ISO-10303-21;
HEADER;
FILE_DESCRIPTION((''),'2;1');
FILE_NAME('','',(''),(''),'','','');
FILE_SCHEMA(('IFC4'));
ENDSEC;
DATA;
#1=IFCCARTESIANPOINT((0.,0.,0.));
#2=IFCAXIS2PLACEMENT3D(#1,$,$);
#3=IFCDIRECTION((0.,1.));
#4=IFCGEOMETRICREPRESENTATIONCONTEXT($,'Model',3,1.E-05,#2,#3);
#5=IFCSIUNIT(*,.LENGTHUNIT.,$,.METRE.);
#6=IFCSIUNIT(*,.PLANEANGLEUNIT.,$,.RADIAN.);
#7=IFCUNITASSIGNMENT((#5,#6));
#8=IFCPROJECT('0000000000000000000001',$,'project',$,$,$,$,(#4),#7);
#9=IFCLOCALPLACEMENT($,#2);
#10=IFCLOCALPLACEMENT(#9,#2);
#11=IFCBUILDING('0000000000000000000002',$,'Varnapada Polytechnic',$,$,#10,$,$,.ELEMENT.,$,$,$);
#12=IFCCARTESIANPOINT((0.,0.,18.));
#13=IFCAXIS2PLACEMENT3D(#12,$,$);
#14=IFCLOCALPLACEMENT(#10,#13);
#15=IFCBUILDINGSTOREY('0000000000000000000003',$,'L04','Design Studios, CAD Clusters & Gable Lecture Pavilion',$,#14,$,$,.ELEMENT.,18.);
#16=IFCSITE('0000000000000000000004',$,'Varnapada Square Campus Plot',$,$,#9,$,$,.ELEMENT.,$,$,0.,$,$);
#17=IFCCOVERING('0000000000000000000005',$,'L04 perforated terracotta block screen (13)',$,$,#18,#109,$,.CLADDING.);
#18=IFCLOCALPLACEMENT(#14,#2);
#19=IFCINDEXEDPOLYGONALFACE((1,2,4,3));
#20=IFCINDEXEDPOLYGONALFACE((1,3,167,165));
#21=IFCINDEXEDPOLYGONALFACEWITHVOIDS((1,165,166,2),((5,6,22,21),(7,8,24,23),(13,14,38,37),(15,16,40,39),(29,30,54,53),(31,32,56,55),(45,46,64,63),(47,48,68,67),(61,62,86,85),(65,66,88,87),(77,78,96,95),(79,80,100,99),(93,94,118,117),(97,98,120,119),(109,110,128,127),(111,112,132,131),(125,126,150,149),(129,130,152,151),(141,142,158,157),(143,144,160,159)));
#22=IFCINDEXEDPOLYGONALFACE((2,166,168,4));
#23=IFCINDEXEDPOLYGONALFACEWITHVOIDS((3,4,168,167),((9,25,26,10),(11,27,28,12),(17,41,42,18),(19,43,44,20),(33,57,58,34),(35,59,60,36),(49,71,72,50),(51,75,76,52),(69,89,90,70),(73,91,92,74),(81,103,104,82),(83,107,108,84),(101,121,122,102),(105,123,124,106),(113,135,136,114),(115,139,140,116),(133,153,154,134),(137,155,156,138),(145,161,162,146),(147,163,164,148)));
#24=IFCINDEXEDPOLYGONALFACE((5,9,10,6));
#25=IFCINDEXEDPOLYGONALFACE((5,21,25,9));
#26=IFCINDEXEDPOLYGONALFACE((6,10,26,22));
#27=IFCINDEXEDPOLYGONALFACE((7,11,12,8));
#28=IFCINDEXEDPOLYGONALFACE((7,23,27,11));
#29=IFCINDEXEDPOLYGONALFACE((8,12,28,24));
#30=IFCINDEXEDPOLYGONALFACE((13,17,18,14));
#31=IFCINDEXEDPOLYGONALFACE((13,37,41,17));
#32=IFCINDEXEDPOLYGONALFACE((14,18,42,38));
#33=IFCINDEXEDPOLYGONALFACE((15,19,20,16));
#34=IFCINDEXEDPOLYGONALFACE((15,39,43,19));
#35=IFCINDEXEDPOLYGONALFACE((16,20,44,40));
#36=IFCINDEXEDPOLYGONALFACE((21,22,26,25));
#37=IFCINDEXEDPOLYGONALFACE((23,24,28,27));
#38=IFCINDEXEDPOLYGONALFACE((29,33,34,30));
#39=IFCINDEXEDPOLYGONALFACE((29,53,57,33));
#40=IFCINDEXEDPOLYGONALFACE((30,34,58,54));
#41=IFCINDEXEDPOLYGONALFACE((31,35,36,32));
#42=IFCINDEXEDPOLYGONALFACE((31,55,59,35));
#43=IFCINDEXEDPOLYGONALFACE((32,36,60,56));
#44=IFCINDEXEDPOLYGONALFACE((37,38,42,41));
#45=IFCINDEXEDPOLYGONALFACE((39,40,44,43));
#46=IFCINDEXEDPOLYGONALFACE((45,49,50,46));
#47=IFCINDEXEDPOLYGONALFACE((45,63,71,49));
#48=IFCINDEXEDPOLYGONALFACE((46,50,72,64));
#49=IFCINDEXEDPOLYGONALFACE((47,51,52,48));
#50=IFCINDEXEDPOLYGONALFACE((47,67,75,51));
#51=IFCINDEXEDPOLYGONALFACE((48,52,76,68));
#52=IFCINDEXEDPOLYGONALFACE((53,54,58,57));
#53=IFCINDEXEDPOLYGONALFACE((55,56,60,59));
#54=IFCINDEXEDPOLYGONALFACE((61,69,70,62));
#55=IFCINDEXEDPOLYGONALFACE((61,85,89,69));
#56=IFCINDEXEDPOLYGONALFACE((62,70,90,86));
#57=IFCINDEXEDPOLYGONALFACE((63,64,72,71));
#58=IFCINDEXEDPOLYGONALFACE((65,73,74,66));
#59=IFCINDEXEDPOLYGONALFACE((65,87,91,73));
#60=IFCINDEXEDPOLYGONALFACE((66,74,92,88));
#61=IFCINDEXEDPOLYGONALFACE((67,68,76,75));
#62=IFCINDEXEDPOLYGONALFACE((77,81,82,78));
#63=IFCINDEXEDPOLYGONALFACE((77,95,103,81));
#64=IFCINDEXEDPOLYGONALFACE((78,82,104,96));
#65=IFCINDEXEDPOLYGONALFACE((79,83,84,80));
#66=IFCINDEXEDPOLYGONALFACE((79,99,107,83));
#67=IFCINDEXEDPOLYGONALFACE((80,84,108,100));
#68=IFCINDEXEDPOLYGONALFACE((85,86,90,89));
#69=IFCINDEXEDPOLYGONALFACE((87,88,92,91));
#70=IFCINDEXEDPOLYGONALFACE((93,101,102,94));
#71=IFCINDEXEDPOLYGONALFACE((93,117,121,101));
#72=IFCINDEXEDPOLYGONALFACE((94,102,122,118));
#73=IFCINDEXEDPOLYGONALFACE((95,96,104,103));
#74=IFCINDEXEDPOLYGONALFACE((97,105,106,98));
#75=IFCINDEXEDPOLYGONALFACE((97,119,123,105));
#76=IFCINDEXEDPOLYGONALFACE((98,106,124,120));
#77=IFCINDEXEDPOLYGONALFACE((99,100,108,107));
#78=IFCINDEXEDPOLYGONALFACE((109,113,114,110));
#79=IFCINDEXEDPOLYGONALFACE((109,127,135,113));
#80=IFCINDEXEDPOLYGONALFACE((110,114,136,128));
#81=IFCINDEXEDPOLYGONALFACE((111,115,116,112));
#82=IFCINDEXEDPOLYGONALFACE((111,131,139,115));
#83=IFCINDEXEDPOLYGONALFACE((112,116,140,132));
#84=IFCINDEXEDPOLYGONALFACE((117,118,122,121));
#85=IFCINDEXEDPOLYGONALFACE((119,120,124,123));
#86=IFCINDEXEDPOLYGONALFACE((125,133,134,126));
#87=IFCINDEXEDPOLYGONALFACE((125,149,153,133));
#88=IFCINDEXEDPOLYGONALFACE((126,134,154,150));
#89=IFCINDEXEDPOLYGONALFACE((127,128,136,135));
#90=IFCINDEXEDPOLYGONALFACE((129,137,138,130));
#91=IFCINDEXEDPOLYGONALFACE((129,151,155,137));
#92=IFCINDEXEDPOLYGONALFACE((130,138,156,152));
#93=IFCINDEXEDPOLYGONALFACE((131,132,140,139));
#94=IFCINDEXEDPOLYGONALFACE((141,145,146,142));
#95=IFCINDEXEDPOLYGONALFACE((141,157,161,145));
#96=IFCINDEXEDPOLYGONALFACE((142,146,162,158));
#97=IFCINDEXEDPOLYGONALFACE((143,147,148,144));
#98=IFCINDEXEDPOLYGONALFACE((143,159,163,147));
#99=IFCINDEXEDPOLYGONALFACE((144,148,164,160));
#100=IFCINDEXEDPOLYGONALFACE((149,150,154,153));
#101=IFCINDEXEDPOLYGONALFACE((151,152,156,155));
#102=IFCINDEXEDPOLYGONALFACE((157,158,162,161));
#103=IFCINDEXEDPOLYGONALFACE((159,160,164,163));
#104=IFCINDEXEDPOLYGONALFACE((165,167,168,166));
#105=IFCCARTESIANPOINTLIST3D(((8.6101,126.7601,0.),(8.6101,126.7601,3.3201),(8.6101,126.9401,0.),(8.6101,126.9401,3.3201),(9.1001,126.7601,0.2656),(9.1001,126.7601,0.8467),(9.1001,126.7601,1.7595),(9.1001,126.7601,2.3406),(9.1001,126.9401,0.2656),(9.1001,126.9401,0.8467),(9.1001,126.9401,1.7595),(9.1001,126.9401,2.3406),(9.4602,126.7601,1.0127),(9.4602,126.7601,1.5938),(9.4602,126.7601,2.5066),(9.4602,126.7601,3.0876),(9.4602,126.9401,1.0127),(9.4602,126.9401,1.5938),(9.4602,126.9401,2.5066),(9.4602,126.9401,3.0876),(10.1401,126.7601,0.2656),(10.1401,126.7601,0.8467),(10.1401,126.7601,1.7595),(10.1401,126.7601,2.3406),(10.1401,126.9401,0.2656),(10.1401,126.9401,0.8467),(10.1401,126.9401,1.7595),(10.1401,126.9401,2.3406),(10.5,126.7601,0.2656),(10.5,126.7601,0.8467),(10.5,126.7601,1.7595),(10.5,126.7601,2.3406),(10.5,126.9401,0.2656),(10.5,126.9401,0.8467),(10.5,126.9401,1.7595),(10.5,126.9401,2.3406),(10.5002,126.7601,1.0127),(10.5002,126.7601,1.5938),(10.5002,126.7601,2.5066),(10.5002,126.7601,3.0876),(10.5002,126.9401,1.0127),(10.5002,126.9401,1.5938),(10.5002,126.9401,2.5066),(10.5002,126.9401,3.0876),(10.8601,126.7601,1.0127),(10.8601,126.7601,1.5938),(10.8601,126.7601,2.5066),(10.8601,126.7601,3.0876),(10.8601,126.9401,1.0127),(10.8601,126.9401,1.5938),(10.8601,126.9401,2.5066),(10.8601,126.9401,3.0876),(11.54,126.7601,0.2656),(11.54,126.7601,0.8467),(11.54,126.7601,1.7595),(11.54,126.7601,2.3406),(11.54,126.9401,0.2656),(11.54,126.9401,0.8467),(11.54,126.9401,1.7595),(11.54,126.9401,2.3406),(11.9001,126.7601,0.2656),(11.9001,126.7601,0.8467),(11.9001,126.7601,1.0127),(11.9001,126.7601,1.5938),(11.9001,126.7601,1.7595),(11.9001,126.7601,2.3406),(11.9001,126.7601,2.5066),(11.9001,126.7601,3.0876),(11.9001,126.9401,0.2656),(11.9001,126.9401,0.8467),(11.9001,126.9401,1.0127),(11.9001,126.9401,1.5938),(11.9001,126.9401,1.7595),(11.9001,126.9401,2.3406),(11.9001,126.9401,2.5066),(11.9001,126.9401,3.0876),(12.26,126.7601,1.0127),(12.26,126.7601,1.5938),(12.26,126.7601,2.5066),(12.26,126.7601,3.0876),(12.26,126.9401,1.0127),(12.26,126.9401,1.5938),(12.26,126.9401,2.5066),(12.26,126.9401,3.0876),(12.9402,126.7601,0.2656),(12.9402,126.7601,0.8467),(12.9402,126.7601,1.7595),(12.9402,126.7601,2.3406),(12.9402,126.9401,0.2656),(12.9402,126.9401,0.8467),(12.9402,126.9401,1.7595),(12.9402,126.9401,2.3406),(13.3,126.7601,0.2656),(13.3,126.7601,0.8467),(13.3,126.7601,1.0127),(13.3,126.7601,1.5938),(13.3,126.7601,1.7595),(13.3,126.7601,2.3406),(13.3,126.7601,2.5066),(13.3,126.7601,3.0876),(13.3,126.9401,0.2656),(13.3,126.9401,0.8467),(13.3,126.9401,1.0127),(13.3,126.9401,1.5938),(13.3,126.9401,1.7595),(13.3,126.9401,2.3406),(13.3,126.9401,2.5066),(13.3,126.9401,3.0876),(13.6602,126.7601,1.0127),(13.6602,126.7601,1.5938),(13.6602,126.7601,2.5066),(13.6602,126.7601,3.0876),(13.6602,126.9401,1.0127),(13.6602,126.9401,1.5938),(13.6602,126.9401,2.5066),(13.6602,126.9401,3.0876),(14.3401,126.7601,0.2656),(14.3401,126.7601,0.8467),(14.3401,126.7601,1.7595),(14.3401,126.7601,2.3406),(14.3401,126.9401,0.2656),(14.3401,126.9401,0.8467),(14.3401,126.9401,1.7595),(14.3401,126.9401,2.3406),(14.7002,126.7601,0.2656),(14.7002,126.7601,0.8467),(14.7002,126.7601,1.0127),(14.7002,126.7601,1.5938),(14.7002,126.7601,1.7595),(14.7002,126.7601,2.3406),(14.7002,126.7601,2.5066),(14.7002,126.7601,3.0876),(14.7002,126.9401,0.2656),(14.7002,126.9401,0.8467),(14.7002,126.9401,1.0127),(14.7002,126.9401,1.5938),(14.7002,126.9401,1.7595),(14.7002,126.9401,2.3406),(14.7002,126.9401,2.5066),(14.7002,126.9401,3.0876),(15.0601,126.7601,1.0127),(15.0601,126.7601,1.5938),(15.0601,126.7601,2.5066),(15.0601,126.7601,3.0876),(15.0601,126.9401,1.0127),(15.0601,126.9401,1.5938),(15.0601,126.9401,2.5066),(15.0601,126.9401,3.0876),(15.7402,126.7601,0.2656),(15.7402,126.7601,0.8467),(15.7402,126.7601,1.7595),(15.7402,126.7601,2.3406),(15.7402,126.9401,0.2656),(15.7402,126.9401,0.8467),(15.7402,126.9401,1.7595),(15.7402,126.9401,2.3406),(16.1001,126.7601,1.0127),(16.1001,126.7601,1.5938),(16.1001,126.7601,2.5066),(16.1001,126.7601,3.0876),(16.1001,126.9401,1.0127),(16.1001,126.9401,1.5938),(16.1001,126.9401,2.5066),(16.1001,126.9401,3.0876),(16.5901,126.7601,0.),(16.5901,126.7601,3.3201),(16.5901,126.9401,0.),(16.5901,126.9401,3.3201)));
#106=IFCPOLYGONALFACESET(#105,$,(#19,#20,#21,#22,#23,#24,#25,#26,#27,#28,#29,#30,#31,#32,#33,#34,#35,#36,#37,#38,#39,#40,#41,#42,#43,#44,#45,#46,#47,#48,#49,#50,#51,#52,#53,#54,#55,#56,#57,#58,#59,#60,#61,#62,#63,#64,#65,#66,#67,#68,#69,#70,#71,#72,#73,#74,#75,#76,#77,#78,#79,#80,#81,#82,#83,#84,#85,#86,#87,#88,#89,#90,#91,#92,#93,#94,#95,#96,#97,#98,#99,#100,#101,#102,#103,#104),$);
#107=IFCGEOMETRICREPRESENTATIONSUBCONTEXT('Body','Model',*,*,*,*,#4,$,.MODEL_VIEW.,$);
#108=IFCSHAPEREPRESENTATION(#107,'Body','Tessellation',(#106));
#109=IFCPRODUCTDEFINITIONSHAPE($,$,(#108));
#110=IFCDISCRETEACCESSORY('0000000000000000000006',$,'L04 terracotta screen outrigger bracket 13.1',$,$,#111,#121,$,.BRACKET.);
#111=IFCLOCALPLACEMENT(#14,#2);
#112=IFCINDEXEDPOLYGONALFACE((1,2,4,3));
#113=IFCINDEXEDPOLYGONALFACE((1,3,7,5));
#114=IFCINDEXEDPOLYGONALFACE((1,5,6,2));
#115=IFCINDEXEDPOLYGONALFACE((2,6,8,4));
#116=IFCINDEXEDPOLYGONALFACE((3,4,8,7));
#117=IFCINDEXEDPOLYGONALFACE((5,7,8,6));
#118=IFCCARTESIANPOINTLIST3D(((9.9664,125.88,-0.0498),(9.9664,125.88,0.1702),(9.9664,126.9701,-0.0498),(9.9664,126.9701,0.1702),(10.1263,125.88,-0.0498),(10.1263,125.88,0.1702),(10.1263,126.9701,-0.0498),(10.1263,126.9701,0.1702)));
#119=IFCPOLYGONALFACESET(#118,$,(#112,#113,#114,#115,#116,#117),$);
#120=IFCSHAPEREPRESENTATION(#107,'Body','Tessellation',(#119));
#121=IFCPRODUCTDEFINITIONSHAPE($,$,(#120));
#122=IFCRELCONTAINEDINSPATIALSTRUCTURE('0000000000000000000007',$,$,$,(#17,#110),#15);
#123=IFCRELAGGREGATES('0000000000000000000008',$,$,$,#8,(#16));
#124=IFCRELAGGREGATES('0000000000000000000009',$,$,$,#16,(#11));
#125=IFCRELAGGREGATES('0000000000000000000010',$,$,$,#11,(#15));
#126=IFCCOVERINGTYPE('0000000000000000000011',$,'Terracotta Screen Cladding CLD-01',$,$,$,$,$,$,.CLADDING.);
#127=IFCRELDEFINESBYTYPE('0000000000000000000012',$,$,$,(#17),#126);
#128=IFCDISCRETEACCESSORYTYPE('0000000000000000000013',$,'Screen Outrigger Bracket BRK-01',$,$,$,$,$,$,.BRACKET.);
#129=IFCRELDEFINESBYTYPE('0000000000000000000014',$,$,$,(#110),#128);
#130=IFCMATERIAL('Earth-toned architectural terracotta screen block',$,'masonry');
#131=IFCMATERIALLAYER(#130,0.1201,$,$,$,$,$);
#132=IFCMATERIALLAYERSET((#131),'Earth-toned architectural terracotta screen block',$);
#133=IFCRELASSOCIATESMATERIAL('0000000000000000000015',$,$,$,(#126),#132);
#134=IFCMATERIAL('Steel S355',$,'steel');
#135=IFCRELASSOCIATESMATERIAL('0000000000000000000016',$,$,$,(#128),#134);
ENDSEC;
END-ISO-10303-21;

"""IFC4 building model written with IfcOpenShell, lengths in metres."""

from ifc_helpers import new_model, si_unit, direction, frame, frame_2d, origin, origin_2d, place, context, subcontext, project, spatial, rectangle, extrude, material, layer, layer_set, type_object, element, save


model = new_model("IFC4")

# Units and contexts
model_context = context("Model", 3, precision=1e-05, world=origin(), true_north=direction((0.0, 1.0)))
body_context = subcontext(model_context, "Body", "Model", "MODEL_VIEW")
ifc_project = project(units=[si_unit("LENGTHUNIT", "METRE"), si_unit("PLANEANGLEUNIT", "RADIAN")], contexts=[model_context])

# Site, building, storey
site_placement = place(None, origin())
site = spatial("IfcSite", under=ifc_project, at=site_placement, Name="Varnapada Square Campus Plot", CompositionType="ELEMENT", RefElevation=0.0)
building_placement = place(site_placement, origin())
building = spatial("IfcBuilding", under=site, at=building_placement, Name="Varnapada Polytechnic", CompositionType="ELEMENT")
storey_placement = place(building_placement, frame((0.0, 0.0, 18.0)))
storey = spatial("IfcBuildingStorey", under=building, at=storey_placement, Name="L04", Description="Design Studios, CAD Clusters & Gable Lecture Pavilion", CompositionType="ELEMENT", Elevation=18.0)

# Covering, openings
ifc_material_1 = material(Name="Earth-toned architectural terracotta screen block", Category="masonry")
ifc_layer_1 = layer(ifc_material_1, 0.1201)
ifc_layer_set_1 = layer_set([ifc_layer_1], Name="Earth-toned architectural terracotta screen block")
covering_type_1 = type_object("IfcCoveringType", Name="Terracotta Screen Cladding CLD-01", PredefinedType="CLADDING", material=ifc_layer_set_1)
covering_1_placement = place(storey_placement, frame((8.6101, 126.8501, 0.0), z_axis=(0.0, 0.0, 1.0), x_axis=(1.0, 0.0, 0.0)))
covering_1 = element("IfcCovering", 1, at=covering_1_placement, inside=storey, type_object=covering_type_1, Name="L04 perforated terracotta block screen (13)", PredefinedType="CLADDING", context=body_context, shape_type="SweptSolid", body=[
    extrude(rectangle(XDim=7.98, YDim=0.1799, at=frame_2d((3.99, 0.0))), origin(), (0.0, 0.0, 1.0), 3.3201),
])
opening_1_placement = place(covering_1_placement, frame((0.49, 0.0, 0.2656)))
element("IfcOpeningElement", 2, at=opening_1_placement, cuts=covering_1, PredefinedType="OPENING", context=body_context, shape_type="SweptSolid", body=[
    extrude(rectangle(XDim=1.04, YDim=0.5811, at=frame_2d((0.52, 0.2905))), frame((0.0, 0.0999, 0.0), z_axis=(0.0, -1.0, 0.0), x_axis=(1.0, 0.0, 0.0)), (0.0, 0.0, 1.0), 0.2),
])
opening_2_placement = place(covering_1_placement, frame((1.8899, 0.0, 0.2656)))
element("IfcOpeningElement", 3, at=opening_2_placement, cuts=covering_1, PredefinedType="OPENING", context=body_context, shape_type="SweptSolid", body=[
    extrude(rectangle(XDim=1.04, YDim=0.5811, at=frame_2d((0.52, 0.2905))), frame((0.0, 0.0999, 0.0), z_axis=(0.0, -1.0, 0.0), x_axis=(1.0, 0.0, 0.0)), (0.0, 0.0, 1.0), 0.2),
])
opening_3_placement = place(covering_1_placement, frame((3.29, 0.0, 0.2656)))
element("IfcOpeningElement", 4, at=opening_3_placement, cuts=covering_1, PredefinedType="OPENING", context=body_context, shape_type="SweptSolid", body=[
    extrude(rectangle(XDim=1.04, YDim=0.5811, at=frame_2d((0.52, 0.2905))), frame((0.0, 0.0999, 0.0), z_axis=(0.0, -1.0, 0.0), x_axis=(1.0, 0.0, 0.0)), (0.0, 0.0, 1.0), 0.2),
])
opening_4_placement = place(covering_1_placement, frame((4.6899, 0.0, 0.2656)))
element("IfcOpeningElement", 5, at=opening_4_placement, cuts=covering_1, PredefinedType="OPENING", context=body_context, shape_type="SweptSolid", body=[
    extrude(rectangle(XDim=1.04, YDim=0.5811, at=frame_2d((0.52, 0.2905))), frame((0.0, 0.0999, 0.0), z_axis=(0.0, -1.0, 0.0), x_axis=(1.0, 0.0, 0.0)), (0.0, 0.0, 1.0), 0.2),
])
opening_5_placement = place(covering_1_placement, frame((6.0901, 0.0, 0.2656)))
element("IfcOpeningElement", 6, at=opening_5_placement, cuts=covering_1, PredefinedType="OPENING", context=body_context, shape_type="SweptSolid", body=[
    extrude(rectangle(XDim=1.04, YDim=0.5811, at=frame_2d((0.52, 0.2905))), frame((0.0, 0.0999, 0.0), z_axis=(0.0, -1.0, 0.0), x_axis=(1.0, 0.0, 0.0)), (0.0, 0.0, 1.0), 0.2),
])
opening_6_placement = place(covering_1_placement, frame((0.8501, 0.0, 1.0127)))
element("IfcOpeningElement", 7, at=opening_6_placement, cuts=covering_1, PredefinedType="OPENING", context=body_context, shape_type="SweptSolid", body=[
    extrude(rectangle(XDim=1.04, YDim=0.5811, at=frame_2d((0.52, 0.2905))), frame((0.0, 0.0999, 0.0), z_axis=(0.0, -1.0, 0.0), x_axis=(1.0, 0.0, 0.0)), (0.0, 0.0, 1.0), 0.2),
])
opening_7_placement = place(covering_1_placement, frame((2.25, 0.0, 1.0127)))
element("IfcOpeningElement", 8, at=opening_7_placement, cuts=covering_1, PredefinedType="OPENING", context=body_context, shape_type="SweptSolid", body=[
    extrude(rectangle(XDim=1.04, YDim=0.5811, at=frame_2d((0.52, 0.2905))), frame((0.0, 0.0999, 0.0), z_axis=(0.0, -1.0, 0.0), x_axis=(1.0, 0.0, 0.0)), (0.0, 0.0, 1.0), 0.2),
])
opening_8_placement = place(covering_1_placement, frame((3.6499, 0.0, 1.0127)))
element("IfcOpeningElement", 9, at=opening_8_placement, cuts=covering_1, PredefinedType="OPENING", context=body_context, shape_type="SweptSolid", body=[
    extrude(rectangle(XDim=1.04, YDim=0.5811, at=frame_2d((0.52, 0.2905))), frame((0.0, 0.0999, 0.0), z_axis=(0.0, -1.0, 0.0), x_axis=(1.0, 0.0, 0.0)), (0.0, 0.0, 1.0), 0.2),
])
opening_9_placement = place(covering_1_placement, frame((5.05, 0.0, 1.0127)))
element("IfcOpeningElement", 10, at=opening_9_placement, cuts=covering_1, PredefinedType="OPENING", context=body_context, shape_type="SweptSolid", body=[
    extrude(rectangle(XDim=1.04, YDim=0.5811, at=frame_2d((0.52, 0.2905))), frame((0.0, 0.0999, 0.0), z_axis=(0.0, -1.0, 0.0), x_axis=(1.0, 0.0, 0.0)), (0.0, 0.0, 1.0), 0.2),
])
opening_10_placement = place(covering_1_placement, frame((6.45, 0.0, 1.0127)))
element("IfcOpeningElement", 11, at=opening_10_placement, cuts=covering_1, PredefinedType="OPENING", context=body_context, shape_type="SweptSolid", body=[
    extrude(rectangle(XDim=1.04, YDim=0.5811, at=frame_2d((0.52, 0.2905))), frame((0.0, 0.0999, 0.0), z_axis=(0.0, -1.0, 0.0), x_axis=(1.0, 0.0, 0.0)), (0.0, 0.0, 1.0), 0.2),
])
opening_11_placement = place(covering_1_placement, frame((0.49, 0.0, 1.7595)))
element("IfcOpeningElement", 12, at=opening_11_placement, cuts=covering_1, PredefinedType="OPENING", context=body_context, shape_type="SweptSolid", body=[
    extrude(rectangle(XDim=1.04, YDim=0.5811, at=frame_2d((0.52, 0.2905))), frame((0.0, 0.0999, 0.0), z_axis=(0.0, -1.0, 0.0), x_axis=(1.0, 0.0, 0.0)), (0.0, 0.0, 1.0), 0.2),
])
opening_12_placement = place(covering_1_placement, frame((1.8899, 0.0, 1.7595)))
element("IfcOpeningElement", 13, at=opening_12_placement, cuts=covering_1, PredefinedType="OPENING", context=body_context, shape_type="SweptSolid", body=[
    extrude(rectangle(XDim=1.04, YDim=0.5811, at=frame_2d((0.52, 0.2905))), frame((0.0, 0.0999, 0.0), z_axis=(0.0, -1.0, 0.0), x_axis=(1.0, 0.0, 0.0)), (0.0, 0.0, 1.0), 0.2),
])
opening_13_placement = place(covering_1_placement, frame((3.29, 0.0, 1.7595)))
element("IfcOpeningElement", 14, at=opening_13_placement, cuts=covering_1, PredefinedType="OPENING", context=body_context, shape_type="SweptSolid", body=[
    extrude(rectangle(XDim=1.04, YDim=0.5811, at=frame_2d((0.52, 0.2905))), frame((0.0, 0.0999, 0.0), z_axis=(0.0, -1.0, 0.0), x_axis=(1.0, 0.0, 0.0)), (0.0, 0.0, 1.0), 0.2),
])
opening_14_placement = place(covering_1_placement, frame((4.6899, 0.0, 1.7595)))
element("IfcOpeningElement", 15, at=opening_14_placement, cuts=covering_1, PredefinedType="OPENING", context=body_context, shape_type="SweptSolid", body=[
    extrude(rectangle(XDim=1.04, YDim=0.5811, at=frame_2d((0.52, 0.2905))), frame((0.0, 0.0999, 0.0), z_axis=(0.0, -1.0, 0.0), x_axis=(1.0, 0.0, 0.0)), (0.0, 0.0, 1.0), 0.2),
])
opening_15_placement = place(covering_1_placement, frame((6.0901, 0.0, 1.7595)))
element("IfcOpeningElement", 16, at=opening_15_placement, cuts=covering_1, PredefinedType="OPENING", context=body_context, shape_type="SweptSolid", body=[
    extrude(rectangle(XDim=1.04, YDim=0.5811, at=frame_2d((0.52, 0.2905))), frame((0.0, 0.0999, 0.0), z_axis=(0.0, -1.0, 0.0), x_axis=(1.0, 0.0, 0.0)), (0.0, 0.0, 1.0), 0.2),
])
opening_16_placement = place(covering_1_placement, frame((0.8501, 0.0, 2.5066)))
element("IfcOpeningElement", 17, at=opening_16_placement, cuts=covering_1, PredefinedType="OPENING", context=body_context, shape_type="SweptSolid", body=[
    extrude(rectangle(XDim=1.04, YDim=0.5811, at=frame_2d((0.52, 0.2905))), frame((0.0, 0.0999, 0.0), z_axis=(0.0, -1.0, 0.0), x_axis=(1.0, 0.0, 0.0)), (0.0, 0.0, 1.0), 0.2),
])
opening_17_placement = place(covering_1_placement, frame((2.25, 0.0, 2.5066)))
element("IfcOpeningElement", 18, at=opening_17_placement, cuts=covering_1, PredefinedType="OPENING", context=body_context, shape_type="SweptSolid", body=[
    extrude(rectangle(XDim=1.04, YDim=0.5811, at=frame_2d((0.52, 0.2905))), frame((0.0, 0.0999, 0.0), z_axis=(0.0, -1.0, 0.0), x_axis=(1.0, 0.0, 0.0)), (0.0, 0.0, 1.0), 0.2),
])
opening_18_placement = place(covering_1_placement, frame((3.6499, 0.0, 2.5066)))
element("IfcOpeningElement", 19, at=opening_18_placement, cuts=covering_1, PredefinedType="OPENING", context=body_context, shape_type="SweptSolid", body=[
    extrude(rectangle(XDim=1.04, YDim=0.5811, at=frame_2d((0.52, 0.2905))), frame((0.0, 0.0999, 0.0), z_axis=(0.0, -1.0, 0.0), x_axis=(1.0, 0.0, 0.0)), (0.0, 0.0, 1.0), 0.2),
])
opening_19_placement = place(covering_1_placement, frame((5.05, 0.0, 2.5066)))
element("IfcOpeningElement", 20, at=opening_19_placement, cuts=covering_1, PredefinedType="OPENING", context=body_context, shape_type="SweptSolid", body=[
    extrude(rectangle(XDim=1.04, YDim=0.5811, at=frame_2d((0.52, 0.2905))), frame((0.0, 0.0999, 0.0), z_axis=(0.0, -1.0, 0.0), x_axis=(1.0, 0.0, 0.0)), (0.0, 0.0, 1.0), 0.2),
])
opening_20_placement = place(covering_1_placement, frame((6.45, 0.0, 2.5066)))
element("IfcOpeningElement", 21, at=opening_20_placement, cuts=covering_1, PredefinedType="OPENING", context=body_context, shape_type="SweptSolid", body=[
    extrude(rectangle(XDim=1.04, YDim=0.5811, at=frame_2d((0.52, 0.2905))), frame((0.0, 0.0999, 0.0), z_axis=(0.0, -1.0, 0.0), x_axis=(1.0, 0.0, 0.0)), (0.0, 0.0, 1.0), 0.2),
])

# Discrete accessory
ifc_material_2 = material(Name="Steel S355", Category="steel")
discrete_accessory_type = type_object("IfcDiscreteAccessoryType", Name="Screen Outrigger Bracket BRK-01", PredefinedType="BRACKET", material=ifc_material_2)
for number, where, z_axis, x_axis, name in (
    (22, (10.0464, 126.425, -0.0498), (0.0, 0.0, 1.0), (1.0, 0.0, 0.0), "L04 terracotta screen outrigger bracket 13.1"),
):
    element("IfcDiscreteAccessory", number, at=place(storey_placement, frame(where, z_axis=z_axis, x_axis=x_axis)), inside=storey, type_object=discrete_accessory_type, Name=name, PredefinedType="BRACKET", context=body_context, shape_type="SweptSolid", body=[
        extrude(rectangle(XDim=0.1599, YDim=1.0901, at=origin_2d()), origin(), (0.0, 0.0, 1.0), 0.22),
    ])

save(model, "model.ifc")
